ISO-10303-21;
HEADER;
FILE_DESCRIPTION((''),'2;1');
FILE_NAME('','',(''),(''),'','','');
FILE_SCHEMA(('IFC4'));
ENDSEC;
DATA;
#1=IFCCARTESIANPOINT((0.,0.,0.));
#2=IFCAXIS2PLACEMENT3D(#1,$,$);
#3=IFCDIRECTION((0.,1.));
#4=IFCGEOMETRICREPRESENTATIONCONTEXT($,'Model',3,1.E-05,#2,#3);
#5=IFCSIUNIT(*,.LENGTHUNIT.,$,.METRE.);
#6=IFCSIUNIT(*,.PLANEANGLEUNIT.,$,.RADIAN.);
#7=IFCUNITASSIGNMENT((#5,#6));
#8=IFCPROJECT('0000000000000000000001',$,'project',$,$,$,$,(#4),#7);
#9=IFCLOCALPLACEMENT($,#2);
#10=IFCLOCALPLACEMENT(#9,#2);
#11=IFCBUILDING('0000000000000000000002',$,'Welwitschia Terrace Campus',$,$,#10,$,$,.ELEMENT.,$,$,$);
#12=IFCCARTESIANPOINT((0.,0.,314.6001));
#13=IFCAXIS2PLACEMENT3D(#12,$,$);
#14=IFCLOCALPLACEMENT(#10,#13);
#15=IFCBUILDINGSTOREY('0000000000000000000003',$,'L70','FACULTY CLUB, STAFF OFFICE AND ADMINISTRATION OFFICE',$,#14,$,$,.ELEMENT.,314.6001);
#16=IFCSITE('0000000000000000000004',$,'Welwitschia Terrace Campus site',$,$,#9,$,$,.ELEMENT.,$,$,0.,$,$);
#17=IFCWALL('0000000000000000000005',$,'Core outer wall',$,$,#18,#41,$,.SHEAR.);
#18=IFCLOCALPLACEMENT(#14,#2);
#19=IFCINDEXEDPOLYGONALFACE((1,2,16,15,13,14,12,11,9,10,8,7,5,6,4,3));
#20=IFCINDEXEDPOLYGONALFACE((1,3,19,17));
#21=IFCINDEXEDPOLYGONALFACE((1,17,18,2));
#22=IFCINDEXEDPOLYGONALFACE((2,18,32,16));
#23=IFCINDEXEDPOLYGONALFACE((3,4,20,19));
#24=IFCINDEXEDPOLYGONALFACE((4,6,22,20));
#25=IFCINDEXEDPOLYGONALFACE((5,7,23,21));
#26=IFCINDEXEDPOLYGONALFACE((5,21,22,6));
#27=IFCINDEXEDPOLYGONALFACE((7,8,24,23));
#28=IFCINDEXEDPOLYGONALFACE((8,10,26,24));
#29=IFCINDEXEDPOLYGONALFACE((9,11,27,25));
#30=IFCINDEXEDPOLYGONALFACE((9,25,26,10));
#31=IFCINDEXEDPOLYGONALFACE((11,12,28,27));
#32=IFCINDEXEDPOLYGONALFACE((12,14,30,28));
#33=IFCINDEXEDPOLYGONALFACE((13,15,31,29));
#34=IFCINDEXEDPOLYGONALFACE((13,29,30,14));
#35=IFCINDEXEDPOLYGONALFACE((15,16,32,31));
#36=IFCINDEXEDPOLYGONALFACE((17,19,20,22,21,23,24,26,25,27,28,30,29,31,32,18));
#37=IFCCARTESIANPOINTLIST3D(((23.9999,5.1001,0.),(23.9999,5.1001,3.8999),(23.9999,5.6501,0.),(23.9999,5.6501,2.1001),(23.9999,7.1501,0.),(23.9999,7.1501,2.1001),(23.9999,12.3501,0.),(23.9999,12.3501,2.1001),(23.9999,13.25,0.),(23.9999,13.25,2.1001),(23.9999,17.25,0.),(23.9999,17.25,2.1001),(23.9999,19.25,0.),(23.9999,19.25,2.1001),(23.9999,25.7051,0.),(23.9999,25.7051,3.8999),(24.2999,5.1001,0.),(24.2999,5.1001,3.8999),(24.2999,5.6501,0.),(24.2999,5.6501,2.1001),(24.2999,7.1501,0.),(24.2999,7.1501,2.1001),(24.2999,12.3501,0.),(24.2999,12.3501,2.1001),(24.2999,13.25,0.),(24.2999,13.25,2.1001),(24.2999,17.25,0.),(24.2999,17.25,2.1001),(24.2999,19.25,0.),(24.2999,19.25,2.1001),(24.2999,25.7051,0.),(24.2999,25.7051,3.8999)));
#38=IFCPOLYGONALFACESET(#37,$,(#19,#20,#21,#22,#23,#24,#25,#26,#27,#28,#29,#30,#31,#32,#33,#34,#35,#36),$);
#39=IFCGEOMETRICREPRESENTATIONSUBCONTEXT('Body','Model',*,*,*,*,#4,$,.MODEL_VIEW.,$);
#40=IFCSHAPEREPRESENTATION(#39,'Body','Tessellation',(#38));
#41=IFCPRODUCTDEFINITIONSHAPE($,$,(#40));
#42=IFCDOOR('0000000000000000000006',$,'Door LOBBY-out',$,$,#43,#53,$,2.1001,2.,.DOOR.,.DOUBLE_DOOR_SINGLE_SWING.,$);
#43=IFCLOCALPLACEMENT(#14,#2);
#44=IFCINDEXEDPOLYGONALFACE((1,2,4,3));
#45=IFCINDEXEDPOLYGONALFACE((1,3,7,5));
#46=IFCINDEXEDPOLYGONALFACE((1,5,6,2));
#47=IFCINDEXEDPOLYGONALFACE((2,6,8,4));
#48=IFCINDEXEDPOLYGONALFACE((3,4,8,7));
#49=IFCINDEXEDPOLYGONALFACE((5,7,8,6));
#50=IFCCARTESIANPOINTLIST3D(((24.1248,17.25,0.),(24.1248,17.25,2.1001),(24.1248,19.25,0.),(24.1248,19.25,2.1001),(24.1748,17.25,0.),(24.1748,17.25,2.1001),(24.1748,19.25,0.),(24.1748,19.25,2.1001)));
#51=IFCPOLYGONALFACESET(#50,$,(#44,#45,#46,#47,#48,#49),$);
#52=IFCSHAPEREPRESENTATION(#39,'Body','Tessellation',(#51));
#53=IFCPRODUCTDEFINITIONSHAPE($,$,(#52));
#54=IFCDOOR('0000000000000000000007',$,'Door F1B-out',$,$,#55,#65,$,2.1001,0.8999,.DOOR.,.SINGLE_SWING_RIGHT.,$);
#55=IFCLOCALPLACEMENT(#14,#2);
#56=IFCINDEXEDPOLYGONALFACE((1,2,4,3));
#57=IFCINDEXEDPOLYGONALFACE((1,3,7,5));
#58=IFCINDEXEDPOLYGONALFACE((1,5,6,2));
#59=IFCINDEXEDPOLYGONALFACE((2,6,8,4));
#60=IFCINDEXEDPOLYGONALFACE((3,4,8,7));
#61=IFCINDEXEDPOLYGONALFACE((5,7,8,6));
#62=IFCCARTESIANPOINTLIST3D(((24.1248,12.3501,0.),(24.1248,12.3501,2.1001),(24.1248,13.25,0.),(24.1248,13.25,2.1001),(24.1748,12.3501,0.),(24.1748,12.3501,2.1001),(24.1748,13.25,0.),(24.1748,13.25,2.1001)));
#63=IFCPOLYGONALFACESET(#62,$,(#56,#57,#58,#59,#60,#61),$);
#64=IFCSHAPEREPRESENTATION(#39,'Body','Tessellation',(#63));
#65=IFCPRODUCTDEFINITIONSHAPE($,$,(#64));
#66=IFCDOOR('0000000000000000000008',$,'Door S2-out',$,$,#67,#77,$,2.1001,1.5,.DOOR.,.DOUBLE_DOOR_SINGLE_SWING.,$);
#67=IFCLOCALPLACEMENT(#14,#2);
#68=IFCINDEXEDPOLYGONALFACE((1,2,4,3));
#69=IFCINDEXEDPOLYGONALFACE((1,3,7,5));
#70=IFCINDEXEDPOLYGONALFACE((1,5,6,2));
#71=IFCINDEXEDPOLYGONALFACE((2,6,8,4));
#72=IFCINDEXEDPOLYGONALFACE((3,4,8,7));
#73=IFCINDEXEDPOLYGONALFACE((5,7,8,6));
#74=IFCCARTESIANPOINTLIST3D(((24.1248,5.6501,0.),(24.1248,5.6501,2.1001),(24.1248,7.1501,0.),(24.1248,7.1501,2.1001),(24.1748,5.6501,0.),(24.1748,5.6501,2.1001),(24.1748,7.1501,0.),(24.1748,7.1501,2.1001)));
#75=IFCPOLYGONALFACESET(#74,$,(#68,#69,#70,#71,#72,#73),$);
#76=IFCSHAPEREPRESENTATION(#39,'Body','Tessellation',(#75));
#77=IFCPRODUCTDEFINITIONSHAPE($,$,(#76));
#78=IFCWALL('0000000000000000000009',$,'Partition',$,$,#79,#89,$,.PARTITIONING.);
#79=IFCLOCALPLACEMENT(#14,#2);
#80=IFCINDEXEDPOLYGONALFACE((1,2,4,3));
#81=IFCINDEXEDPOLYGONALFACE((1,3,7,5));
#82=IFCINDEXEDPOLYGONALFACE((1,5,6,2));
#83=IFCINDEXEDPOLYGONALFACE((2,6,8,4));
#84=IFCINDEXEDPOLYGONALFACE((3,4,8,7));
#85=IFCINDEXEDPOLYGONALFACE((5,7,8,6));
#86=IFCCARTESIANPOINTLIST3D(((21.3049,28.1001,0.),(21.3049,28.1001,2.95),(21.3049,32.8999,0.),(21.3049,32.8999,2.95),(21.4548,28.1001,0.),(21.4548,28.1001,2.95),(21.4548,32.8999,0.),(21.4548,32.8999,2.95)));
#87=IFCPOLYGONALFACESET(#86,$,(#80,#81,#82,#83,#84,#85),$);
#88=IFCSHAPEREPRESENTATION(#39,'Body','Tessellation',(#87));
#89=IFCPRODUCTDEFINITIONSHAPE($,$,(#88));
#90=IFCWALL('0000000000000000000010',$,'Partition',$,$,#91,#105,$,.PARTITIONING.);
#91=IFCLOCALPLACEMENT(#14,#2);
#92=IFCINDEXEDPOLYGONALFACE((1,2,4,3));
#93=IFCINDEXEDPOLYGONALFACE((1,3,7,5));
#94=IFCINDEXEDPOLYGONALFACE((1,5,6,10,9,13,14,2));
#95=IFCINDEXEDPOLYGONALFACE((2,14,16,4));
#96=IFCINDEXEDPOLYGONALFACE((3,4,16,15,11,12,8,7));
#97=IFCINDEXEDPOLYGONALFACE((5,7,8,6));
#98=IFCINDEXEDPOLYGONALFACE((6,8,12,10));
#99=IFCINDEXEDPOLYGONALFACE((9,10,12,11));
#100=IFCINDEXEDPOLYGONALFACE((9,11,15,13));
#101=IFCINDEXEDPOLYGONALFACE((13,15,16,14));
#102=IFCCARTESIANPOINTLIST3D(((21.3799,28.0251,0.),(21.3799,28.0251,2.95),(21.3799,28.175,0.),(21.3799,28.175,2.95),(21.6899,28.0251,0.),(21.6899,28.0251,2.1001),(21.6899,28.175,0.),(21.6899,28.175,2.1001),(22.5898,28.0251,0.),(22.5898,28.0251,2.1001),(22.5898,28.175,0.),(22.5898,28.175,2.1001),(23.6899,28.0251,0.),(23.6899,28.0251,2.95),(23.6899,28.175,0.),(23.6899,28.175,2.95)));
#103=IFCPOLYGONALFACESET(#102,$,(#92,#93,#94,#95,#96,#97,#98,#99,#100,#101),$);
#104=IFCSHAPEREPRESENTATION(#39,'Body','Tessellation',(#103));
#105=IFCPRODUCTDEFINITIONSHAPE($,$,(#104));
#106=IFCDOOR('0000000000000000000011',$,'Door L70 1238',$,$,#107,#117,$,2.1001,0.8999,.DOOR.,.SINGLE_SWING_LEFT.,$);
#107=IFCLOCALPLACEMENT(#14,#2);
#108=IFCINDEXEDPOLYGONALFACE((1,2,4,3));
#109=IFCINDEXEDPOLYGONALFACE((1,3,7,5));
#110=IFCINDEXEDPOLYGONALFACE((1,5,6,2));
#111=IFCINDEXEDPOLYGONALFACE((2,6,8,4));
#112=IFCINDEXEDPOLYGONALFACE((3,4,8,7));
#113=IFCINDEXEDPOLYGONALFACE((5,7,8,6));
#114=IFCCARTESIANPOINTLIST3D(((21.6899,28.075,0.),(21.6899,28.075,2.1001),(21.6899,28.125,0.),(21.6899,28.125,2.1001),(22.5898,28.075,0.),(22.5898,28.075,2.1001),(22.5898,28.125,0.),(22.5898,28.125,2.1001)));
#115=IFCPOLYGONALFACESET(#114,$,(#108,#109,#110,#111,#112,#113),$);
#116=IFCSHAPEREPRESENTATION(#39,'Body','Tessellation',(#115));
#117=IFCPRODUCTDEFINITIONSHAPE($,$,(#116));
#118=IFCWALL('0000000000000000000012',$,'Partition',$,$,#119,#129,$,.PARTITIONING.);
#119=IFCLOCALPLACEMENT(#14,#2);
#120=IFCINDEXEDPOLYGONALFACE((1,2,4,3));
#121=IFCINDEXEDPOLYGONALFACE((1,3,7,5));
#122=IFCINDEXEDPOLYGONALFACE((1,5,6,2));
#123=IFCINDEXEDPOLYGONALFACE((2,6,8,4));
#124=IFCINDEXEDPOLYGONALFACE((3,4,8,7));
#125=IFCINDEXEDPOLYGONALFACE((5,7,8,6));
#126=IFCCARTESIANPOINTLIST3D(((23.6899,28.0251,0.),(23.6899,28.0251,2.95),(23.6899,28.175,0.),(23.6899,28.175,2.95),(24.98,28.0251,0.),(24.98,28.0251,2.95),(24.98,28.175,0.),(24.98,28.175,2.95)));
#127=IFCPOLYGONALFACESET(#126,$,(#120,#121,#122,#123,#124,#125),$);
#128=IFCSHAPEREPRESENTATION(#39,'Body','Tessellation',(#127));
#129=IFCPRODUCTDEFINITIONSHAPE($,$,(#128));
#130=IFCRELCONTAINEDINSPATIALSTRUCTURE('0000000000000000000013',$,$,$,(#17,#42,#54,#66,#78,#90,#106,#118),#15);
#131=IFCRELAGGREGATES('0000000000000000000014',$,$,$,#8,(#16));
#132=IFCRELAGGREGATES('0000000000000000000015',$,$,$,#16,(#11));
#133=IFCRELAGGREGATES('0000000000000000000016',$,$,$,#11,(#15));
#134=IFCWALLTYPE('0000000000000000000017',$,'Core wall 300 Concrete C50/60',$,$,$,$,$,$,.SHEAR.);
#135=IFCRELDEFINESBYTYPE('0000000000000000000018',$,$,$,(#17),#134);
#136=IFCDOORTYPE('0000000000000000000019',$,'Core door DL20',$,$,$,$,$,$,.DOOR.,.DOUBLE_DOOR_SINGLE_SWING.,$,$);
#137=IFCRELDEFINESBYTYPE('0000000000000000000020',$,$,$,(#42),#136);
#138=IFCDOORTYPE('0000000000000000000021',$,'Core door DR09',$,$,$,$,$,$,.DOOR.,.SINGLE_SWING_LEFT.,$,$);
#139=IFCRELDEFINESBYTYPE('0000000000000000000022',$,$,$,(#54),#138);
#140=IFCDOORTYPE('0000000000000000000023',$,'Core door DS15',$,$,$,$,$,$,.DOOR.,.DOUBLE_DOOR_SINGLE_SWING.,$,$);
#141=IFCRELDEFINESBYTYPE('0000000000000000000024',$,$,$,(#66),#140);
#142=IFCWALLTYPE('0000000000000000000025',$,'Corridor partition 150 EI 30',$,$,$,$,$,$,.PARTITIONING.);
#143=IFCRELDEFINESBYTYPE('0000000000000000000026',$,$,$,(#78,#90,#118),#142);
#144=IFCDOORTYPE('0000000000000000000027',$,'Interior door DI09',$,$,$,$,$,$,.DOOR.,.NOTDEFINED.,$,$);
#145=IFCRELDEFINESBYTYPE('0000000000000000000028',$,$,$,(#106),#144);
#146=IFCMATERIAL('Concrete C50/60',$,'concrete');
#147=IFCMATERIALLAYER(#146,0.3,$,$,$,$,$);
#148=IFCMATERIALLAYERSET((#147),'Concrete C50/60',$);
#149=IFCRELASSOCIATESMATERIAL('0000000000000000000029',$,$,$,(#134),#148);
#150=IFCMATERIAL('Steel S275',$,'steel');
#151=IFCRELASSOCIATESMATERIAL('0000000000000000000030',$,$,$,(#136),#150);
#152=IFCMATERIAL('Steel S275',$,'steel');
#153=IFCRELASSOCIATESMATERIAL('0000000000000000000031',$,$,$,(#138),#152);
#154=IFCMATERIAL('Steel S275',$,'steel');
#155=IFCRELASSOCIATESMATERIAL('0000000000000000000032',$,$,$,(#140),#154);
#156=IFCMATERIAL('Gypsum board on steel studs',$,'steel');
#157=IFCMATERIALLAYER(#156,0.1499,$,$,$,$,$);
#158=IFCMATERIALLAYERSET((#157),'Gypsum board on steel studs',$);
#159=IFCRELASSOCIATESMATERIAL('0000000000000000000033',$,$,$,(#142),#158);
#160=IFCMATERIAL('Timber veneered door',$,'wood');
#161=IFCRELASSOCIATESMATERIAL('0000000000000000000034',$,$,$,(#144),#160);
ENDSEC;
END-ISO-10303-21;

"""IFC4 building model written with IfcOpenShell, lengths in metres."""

from ifc_helpers import new_model, si_unit, direction, frame, frame_2d, origin, place, context, subcontext, project, spatial, rectangle, extrude, material, layer, layer_set, type_object, element, fill, save


model = new_model("IFC4")

# Units and contexts
model_context = context("Model", 3, precision=1e-05, world=origin(), true_north=direction((0.0, 1.0)))
body_context = subcontext(model_context, "Body", "Model", "MODEL_VIEW")
ifc_project = project(units=[si_unit("LENGTHUNIT", "METRE"), si_unit("PLANEANGLEUNIT", "RADIAN")], contexts=[model_context])

# Site, building, storey
site_placement = place(None, origin())
site = spatial("IfcSite", under=ifc_project, at=site_placement, Name="Welwitschia Terrace Campus site", CompositionType="ELEMENT", RefElevation=0.0)
building_placement = place(site_placement, origin())
building = spatial("IfcBuilding", under=site, at=building_placement, Name="Welwitschia Terrace Campus", CompositionType="ELEMENT")
storey_placement = place(building_placement, frame((0.0, 0.0, 314.6001)))
storey = spatial("IfcBuildingStorey", under=building, at=storey_placement, Name="L70", Description="FACULTY CLUB, STAFF OFFICE AND ADMINISTRATION OFFICE", CompositionType="ELEMENT", Elevation=314.6001)

# Wall, openings, doors
ifc_material_1 = material(Name="Concrete C50/60", Category="concrete")
ifc_layer_1 = layer(ifc_material_1, 0.3)
ifc_layer_set_1 = layer_set([ifc_layer_1], Name="Concrete C50/60")
wall_type_1 = type_object("IfcWallType", Name="Core wall 300 Concrete C50/60", PredefinedType="SHEAR", material=ifc_layer_set_1)
wall_1_placement = place(storey_placement, frame((24.1499, 25.7051, 0.0), z_axis=(0.0, 0.0, 1.0), x_axis=(0.0, -1.0, 0.0)))
wall_1 = element("IfcWall", 1, at=wall_1_placement, inside=storey, type_object=wall_type_1, Name="Core outer wall", PredefinedType="SHEAR", context=body_context, shape_type="SweptSolid", body=[
    extrude(rectangle(XDim=20.605, YDim=0.3, at=frame_2d((10.3025, 0.0))), origin(), (0.0, 0.0, 1.0), 3.8999),
])
opening_1_placement = place(wall_1_placement, frame((18.5549, 0.0, 0.0)))
opening_1 = element("IfcOpeningElement", 2, at=opening_1_placement, cuts=wall_1, PredefinedType="OPENING", context=body_context, shape_type="SweptSolid", body=[
    extrude(rectangle(XDim=1.5, YDim=2.1001, at=frame_2d((0.75, 1.05))), frame((0.0, 0.1599, 0.0), z_axis=(0.0, -1.0, 0.0), x_axis=(1.0, 0.0, 0.0)), (0.0, 0.0, 1.0), 0.3201),
])
opening_2_placement = place(wall_1_placement, frame((12.4551, 0.0, 0.0)))
opening_2 = element("IfcOpeningElement", 3, at=opening_2_placement, cuts=wall_1, PredefinedType="OPENING", context=body_context, shape_type="SweptSolid", body=[
    extrude(rectangle(XDim=0.8999, YDim=2.1001, at=frame_2d((0.45, 1.05))), frame((0.0, 0.1599, 0.0), z_axis=(0.0, -1.0, 0.0), x_axis=(1.0, 0.0, 0.0)), (0.0, 0.0, 1.0), 0.3201),
])
opening_3_placement = place(wall_1_placement, frame((6.4551, 0.0, 0.0)))
opening_3 = element("IfcOpeningElement", 4, at=opening_3_placement, cuts=wall_1, PredefinedType="OPENING", context=body_context, shape_type="SweptSolid", body=[
    extrude(rectangle(XDim=2.0, YDim=2.1001, at=frame_2d((1.0, 1.05))), frame((0.0, 0.1599, 0.0), z_axis=(0.0, -1.0, 0.0), x_axis=(1.0, 0.0, 0.0)), (0.0, 0.0, 1.0), 0.3201),
])
ifc_material_2 = material(Name="Steel S275", Category="steel")
door_type_1 = type_object("IfcDoorType", Name="Core door DL20", OperationType="DOUBLE_DOOR_SINGLE_SWING", PredefinedType="DOOR", material=ifc_material_2)
door_1_placement = place(opening_3_placement, origin())
door_1 = element("IfcDoor", 5, at=door_1_placement, inside=storey, type_object=door_type_1, Name="Door LOBBY-out", OperationType="DOUBLE_DOOR_SINGLE_SWING", OverallHeight=2.1001, OverallWidth=2.0, PredefinedType="DOOR", context=body_context, shape_type="SweptSolid", body=[
    extrude(rectangle(XDim=2.0, YDim=2.1001, at=frame_2d((1.0, 1.05))), frame((0.0, 0.0249, 0.0), z_axis=(0.0, -1.0, 0.0), x_axis=(1.0, 0.0, 0.0)), (0.0, 0.0, 1.0), 0.05),
])
fill(opening_3, door_1)
ifc_material_3 = material(Name="Steel S275", Category="steel")
door_type_2 = type_object("IfcDoorType", Name="Core door DR09", OperationType="SINGLE_SWING_LEFT", PredefinedType="DOOR", material=ifc_material_3)
door_2_placement = place(opening_2_placement, origin())
door_2 = element("IfcDoor", 6, at=door_2_placement, inside=storey, type_object=door_type_2, Name="Door F1B-out", OperationType="SINGLE_SWING_RIGHT", OverallHeight=2.1001, OverallWidth=0.8999, PredefinedType="DOOR", context=body_context, shape_type="SweptSolid", body=[
    extrude(rectangle(XDim=0.8999, YDim=2.1001, at=frame_2d((0.45, 1.05))), frame((0.0, 0.0249, 0.0), z_axis=(0.0, -1.0, 0.0), x_axis=(1.0, 0.0, 0.0)), (0.0, 0.0, 1.0), 0.05),
])
fill(opening_2, door_2)
ifc_material_4 = material(Name="Steel S275", Category="steel")
door_type_3 = type_object("IfcDoorType", Name="Core door DS15", OperationType="DOUBLE_DOOR_SINGLE_SWING", PredefinedType="DOOR", material=ifc_material_4)
door_3_placement = place(opening_1_placement, origin())
door_3 = element("IfcDoor", 7, at=door_3_placement, inside=storey, type_object=door_type_3, Name="Door S2-out", OperationType="DOUBLE_DOOR_SINGLE_SWING", OverallHeight=2.1001, OverallWidth=1.5, PredefinedType="DOOR", context=body_context, shape_type="SweptSolid", body=[
    extrude(rectangle(XDim=1.5, YDim=2.1001, at=frame_2d((0.75, 1.05))), frame((0.0, 0.0249, 0.0), z_axis=(0.0, -1.0, 0.0), x_axis=(1.0, 0.0, 0.0)), (0.0, 0.0, 1.0), 0.05),
])
fill(opening_1, door_3)

# Wall
ifc_material_5 = material(Name="Gypsum board on steel studs", Category="steel")
ifc_layer_2 = layer(ifc_material_5, 0.1499)
ifc_layer_set_2 = layer_set([ifc_layer_2], Name="Gypsum board on steel studs")
wall_type_2 = type_object("IfcWallType", Name="Corridor partition 150 EI 30", PredefinedType="PARTITIONING", material=ifc_layer_set_2)
wall_2_placement = place(storey_placement, frame((21.3799, 28.1001, 0.0), z_axis=(0.0, 0.0, 1.0), x_axis=(0.0, 1.0, 0.0)))
element("IfcWall", 8, at=wall_2_placement, inside=storey, type_object=wall_type_2, Name="Partition", PredefinedType="PARTITIONING", context=body_context, shape_type="SweptSolid", body=[
    extrude(rectangle(XDim=4.7998, YDim=0.1499, at=frame_2d((2.3999, 0.0))), origin(), (0.0, 0.0, 1.0), 2.95),
])

# Wall, opening, door
wall_3_placement = place(storey_placement, frame((21.3799, 28.1001, 0.0), z_axis=(0.0, 0.0, 1.0), x_axis=(1.0, 0.0, 0.0)))
wall_3 = element("IfcWall", 9, at=wall_3_placement, inside=storey, type_object=wall_type_2, Name="Partition", PredefinedType="PARTITIONING", context=body_context, shape_type="SweptSolid", body=[
    extrude(rectangle(XDim=2.3101, YDim=0.1499, at=frame_2d((1.155, 0.0))), origin(), (0.0, 0.0, 1.0), 2.95),
])
opening_4_placement = place(wall_3_placement, frame((0.3101, 0.0, 0.0)))
opening_4 = element("IfcOpeningElement", 10, at=opening_4_placement, cuts=wall_3, PredefinedType="OPENING", context=body_context, shape_type="SweptSolid", body=[
    extrude(rectangle(XDim=0.8999, YDim=2.1001, at=frame_2d((0.45, 1.05))), frame((0.0, 0.085, 0.0), z_axis=(0.0, -1.0, 0.0), x_axis=(1.0, 0.0, 0.0)), (0.0, 0.0, 1.0), 0.1699),
])
ifc_material_6 = material(Name="Timber veneered door", Category="wood")
door_type_4 = type_object("IfcDoorType", Name="Interior door DI09", OperationType="NOTDEFINED", PredefinedType="DOOR", material=ifc_material_6)
door_4_placement = place(opening_4_placement, origin())
door_4 = element("IfcDoor", 11, at=door_4_placement, inside=storey, type_object=door_type_4, Name="Door L70 1238", OperationType="SINGLE_SWING_LEFT", OverallHeight=2.1001, OverallWidth=0.8999, PredefinedType="DOOR", context=body_context, shape_type="SweptSolid", body=[
    extrude(rectangle(XDim=0.8999, YDim=2.1001, at=frame_2d((0.45, 1.05))), frame((0.0, 0.0249, 0.0), z_axis=(0.0, -1.0, 0.0), x_axis=(1.0, 0.0, 0.0)), (0.0, 0.0, 1.0), 0.05),
])
fill(opening_4, door_4)

# Wall
wall_4_placement = place(storey_placement, frame((23.6899, 28.1001, 0.0), z_axis=(0.0, 0.0, 1.0), x_axis=(1.0, 0.0, 0.0)))
element("IfcWall", 12, at=wall_4_placement, inside=storey, type_object=wall_type_2, Name="Partition", PredefinedType="PARTITIONING", context=body_context, shape_type="SweptSolid", body=[
    extrude(rectangle(XDim=1.29, YDim=0.1499, at=frame_2d((0.645, 0.0))), origin(), (0.0, 0.0, 1.0), 2.95),
])

save(model, "model.ifc")
